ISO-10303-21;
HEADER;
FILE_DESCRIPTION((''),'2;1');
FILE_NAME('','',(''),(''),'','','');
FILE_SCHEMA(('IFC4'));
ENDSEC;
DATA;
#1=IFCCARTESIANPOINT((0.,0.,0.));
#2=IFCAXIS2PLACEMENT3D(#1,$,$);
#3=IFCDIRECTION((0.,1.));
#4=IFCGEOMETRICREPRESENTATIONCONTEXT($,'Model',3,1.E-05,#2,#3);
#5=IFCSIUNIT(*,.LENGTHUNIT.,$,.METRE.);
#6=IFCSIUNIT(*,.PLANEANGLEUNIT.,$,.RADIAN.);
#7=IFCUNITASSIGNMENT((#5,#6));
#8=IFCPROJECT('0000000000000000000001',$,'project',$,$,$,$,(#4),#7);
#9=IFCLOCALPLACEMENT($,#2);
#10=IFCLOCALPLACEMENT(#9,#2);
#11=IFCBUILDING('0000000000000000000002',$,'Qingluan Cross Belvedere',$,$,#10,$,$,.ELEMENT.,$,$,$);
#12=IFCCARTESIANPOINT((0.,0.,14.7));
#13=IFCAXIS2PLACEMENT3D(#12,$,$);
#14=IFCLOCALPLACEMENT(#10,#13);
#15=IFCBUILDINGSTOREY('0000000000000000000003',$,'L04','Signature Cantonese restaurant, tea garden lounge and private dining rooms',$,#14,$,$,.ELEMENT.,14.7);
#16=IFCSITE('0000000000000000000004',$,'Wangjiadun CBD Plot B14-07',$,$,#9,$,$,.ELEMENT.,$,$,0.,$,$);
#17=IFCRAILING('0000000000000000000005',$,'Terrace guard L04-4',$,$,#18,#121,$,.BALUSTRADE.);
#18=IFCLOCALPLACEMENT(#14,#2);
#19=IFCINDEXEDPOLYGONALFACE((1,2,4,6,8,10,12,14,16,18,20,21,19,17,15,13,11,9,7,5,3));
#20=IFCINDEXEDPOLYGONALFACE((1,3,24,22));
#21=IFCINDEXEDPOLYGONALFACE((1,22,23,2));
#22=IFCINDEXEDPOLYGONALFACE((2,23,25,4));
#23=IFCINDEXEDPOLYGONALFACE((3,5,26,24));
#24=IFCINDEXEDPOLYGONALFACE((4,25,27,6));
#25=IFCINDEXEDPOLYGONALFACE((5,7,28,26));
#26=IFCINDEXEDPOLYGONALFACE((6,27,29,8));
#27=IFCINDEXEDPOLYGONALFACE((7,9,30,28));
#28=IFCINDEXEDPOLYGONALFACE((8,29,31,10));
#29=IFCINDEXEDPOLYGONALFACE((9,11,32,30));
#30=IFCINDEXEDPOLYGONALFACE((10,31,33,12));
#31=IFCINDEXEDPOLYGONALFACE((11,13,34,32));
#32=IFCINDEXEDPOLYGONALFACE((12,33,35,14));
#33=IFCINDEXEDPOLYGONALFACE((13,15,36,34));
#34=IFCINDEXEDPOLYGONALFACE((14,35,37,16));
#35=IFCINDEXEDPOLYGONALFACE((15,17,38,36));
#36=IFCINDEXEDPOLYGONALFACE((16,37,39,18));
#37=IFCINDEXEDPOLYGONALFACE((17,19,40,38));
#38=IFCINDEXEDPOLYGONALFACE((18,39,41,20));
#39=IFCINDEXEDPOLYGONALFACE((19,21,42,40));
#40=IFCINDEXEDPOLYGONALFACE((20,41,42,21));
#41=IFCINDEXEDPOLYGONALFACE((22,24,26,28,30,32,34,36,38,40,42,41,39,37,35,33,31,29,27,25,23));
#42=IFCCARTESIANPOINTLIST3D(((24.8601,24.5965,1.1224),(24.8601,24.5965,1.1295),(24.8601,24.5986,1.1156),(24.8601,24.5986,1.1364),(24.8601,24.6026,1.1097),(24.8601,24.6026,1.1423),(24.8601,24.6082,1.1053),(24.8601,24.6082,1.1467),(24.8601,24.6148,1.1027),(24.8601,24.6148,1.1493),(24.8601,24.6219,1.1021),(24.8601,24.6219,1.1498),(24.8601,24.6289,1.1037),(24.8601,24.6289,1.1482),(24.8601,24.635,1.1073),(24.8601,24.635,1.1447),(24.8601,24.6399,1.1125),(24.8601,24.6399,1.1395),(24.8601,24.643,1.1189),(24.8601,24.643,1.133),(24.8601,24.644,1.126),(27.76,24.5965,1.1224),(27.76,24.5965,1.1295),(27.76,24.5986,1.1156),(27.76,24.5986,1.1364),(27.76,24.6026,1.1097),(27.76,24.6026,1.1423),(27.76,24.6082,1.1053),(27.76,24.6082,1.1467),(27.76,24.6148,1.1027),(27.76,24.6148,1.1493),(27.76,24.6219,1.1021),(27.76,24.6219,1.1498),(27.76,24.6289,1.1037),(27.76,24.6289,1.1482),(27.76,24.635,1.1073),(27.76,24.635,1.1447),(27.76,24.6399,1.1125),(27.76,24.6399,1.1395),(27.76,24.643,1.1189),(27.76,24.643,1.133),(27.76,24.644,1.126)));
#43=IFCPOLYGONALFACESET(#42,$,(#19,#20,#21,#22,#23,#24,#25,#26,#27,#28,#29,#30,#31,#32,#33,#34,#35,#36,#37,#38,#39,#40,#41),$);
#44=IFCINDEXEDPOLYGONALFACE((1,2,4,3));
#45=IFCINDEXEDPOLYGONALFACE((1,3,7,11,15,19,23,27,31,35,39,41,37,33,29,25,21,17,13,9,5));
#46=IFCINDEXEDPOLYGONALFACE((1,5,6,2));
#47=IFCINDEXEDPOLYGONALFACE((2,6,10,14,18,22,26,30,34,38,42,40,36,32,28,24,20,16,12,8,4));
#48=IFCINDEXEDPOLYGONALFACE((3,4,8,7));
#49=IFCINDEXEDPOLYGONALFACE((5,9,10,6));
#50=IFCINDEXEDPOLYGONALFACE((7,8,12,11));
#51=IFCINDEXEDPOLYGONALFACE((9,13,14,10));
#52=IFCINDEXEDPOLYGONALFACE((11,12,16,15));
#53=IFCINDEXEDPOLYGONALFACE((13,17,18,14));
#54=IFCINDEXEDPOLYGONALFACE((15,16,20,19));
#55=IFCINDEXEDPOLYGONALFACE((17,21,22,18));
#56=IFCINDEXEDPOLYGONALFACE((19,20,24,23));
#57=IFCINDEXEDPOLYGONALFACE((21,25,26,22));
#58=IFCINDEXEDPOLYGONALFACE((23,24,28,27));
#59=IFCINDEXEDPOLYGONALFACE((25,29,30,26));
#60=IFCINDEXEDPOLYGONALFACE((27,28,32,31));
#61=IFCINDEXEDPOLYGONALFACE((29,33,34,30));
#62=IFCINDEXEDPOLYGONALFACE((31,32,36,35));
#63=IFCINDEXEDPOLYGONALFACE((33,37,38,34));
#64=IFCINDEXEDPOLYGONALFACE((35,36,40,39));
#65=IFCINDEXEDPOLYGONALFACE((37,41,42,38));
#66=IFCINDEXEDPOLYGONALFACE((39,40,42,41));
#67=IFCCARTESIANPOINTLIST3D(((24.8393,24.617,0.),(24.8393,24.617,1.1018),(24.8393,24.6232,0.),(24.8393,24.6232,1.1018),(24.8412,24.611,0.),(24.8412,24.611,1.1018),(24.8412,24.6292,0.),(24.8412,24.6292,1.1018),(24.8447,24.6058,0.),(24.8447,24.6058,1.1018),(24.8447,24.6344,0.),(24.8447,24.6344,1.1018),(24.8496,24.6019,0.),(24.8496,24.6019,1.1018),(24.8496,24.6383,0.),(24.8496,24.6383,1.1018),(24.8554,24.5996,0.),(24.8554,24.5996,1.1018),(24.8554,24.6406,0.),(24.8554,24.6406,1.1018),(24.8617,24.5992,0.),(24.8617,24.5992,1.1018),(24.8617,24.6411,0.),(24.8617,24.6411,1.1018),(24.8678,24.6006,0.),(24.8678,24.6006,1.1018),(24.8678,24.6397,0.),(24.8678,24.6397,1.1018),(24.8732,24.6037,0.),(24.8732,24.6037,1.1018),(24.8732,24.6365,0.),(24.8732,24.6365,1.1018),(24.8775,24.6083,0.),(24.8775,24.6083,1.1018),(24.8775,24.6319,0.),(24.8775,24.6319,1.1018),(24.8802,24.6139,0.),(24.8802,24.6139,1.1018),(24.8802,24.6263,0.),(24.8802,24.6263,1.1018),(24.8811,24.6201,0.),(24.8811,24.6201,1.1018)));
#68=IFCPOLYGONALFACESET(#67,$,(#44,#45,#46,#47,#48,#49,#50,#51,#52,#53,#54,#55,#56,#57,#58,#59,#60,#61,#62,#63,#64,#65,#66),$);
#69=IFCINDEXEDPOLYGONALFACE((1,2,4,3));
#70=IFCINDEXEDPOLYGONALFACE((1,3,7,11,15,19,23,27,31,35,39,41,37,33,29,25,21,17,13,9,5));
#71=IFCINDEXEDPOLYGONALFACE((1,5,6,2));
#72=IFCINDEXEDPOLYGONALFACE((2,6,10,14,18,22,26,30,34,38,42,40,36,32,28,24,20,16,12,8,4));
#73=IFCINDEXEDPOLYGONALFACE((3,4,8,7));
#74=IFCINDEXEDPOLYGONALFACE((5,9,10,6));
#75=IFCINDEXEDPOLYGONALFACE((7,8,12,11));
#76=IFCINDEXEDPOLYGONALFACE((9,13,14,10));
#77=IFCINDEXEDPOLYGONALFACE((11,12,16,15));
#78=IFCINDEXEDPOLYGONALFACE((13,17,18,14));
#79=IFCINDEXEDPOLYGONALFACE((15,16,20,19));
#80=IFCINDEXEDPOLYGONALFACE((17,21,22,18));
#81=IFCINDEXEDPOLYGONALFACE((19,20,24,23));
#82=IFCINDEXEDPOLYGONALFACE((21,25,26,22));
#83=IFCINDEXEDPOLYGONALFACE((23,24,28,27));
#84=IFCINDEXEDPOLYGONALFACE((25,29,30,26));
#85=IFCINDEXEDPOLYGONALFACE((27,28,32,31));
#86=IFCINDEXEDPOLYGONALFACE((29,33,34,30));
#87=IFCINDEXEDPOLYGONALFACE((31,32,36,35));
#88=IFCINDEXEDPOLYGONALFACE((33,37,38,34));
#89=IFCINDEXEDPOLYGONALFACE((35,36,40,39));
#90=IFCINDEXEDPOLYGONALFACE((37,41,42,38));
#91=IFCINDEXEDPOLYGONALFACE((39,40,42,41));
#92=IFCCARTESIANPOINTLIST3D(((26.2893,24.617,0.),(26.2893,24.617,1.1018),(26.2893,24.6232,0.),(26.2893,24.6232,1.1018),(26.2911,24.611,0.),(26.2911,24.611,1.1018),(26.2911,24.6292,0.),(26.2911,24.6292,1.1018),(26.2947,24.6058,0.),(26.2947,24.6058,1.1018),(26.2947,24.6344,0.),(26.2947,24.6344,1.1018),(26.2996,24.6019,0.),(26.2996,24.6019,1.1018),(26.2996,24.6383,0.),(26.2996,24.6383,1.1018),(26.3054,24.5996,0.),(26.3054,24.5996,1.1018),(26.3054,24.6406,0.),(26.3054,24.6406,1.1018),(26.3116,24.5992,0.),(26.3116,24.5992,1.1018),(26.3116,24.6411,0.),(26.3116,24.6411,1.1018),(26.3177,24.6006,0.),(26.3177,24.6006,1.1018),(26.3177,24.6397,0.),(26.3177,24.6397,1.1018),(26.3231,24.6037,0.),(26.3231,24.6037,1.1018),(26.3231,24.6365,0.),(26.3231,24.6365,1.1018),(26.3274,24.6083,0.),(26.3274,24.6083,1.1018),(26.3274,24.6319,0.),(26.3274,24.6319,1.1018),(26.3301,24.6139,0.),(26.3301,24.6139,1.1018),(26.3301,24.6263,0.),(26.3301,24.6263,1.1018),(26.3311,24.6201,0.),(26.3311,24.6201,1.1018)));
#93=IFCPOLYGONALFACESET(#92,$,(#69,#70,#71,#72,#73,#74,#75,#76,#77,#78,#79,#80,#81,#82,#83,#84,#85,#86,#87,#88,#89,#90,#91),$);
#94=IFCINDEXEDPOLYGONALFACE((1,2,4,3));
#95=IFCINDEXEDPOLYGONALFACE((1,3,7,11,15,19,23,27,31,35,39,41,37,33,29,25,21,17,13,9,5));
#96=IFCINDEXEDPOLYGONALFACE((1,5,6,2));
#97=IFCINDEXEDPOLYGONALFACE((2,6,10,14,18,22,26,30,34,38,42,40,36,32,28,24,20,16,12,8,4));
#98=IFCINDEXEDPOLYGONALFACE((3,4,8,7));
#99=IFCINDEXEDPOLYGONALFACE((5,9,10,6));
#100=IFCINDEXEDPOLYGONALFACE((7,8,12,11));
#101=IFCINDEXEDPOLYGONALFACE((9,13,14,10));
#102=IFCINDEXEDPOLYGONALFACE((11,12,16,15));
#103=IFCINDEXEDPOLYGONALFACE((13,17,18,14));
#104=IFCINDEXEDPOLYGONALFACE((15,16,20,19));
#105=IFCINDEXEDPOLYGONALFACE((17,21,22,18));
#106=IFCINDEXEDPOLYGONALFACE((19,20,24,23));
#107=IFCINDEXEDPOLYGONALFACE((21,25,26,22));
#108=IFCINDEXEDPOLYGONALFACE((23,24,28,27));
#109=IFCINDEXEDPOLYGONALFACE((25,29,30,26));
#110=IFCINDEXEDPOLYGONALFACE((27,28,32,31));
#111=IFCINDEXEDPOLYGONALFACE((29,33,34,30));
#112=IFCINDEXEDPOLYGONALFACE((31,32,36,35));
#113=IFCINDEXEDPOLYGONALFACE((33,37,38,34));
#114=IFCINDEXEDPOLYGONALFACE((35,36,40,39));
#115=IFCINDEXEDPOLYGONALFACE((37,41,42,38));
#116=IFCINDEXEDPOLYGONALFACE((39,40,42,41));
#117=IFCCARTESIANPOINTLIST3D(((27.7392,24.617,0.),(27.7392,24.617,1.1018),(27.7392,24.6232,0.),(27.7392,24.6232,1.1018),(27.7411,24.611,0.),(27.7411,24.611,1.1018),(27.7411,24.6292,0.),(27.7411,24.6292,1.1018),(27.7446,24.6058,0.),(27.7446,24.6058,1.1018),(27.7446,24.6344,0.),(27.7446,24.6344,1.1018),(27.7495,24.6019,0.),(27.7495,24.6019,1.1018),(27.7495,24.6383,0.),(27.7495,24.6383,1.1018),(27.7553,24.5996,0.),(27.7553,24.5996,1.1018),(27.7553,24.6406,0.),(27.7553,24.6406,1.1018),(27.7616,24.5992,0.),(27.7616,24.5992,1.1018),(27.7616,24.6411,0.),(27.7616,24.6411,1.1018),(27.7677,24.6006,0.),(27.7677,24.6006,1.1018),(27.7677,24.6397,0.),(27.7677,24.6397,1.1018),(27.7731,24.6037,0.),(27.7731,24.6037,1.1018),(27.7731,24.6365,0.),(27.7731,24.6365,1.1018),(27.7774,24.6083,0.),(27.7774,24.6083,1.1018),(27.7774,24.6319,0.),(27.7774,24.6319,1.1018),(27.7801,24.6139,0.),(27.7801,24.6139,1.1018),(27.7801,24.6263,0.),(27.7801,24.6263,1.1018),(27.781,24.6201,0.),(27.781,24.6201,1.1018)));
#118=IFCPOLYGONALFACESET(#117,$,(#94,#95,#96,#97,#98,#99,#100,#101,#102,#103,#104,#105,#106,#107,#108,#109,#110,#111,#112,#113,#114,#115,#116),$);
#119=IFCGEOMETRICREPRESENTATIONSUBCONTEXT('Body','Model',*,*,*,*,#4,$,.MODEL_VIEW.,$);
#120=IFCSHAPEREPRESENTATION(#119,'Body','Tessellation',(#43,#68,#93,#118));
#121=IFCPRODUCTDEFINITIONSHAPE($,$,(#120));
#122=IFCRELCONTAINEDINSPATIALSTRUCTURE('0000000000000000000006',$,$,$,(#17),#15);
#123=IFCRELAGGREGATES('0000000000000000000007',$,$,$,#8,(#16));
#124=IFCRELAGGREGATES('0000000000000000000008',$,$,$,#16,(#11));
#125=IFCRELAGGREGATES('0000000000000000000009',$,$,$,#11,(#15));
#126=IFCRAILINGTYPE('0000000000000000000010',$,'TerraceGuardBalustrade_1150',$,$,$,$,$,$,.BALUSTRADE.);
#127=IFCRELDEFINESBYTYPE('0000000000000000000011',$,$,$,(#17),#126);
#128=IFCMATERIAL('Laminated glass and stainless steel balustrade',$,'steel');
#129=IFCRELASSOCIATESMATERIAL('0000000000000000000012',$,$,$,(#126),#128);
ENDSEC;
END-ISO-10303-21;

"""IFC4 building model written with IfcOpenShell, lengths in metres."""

from ifc_helpers import new_model, si_unit, direction, frame, origin, origin_2d, place, context, subcontext, project, spatial, circle, extrude, material, type_object, element, save


model = new_model("IFC4")

# Units and contexts
model_context = context("Model", 3, precision=1e-05, world=origin(), true_north=direction((0.0, 1.0)))
body_context = subcontext(model_context, "Body", "Model", "MODEL_VIEW")
ifc_project = project(units=[si_unit("LENGTHUNIT", "METRE"), si_unit("PLANEANGLEUNIT", "RADIAN")], contexts=[model_context])

# Site, building, storey
site_placement = place(None, origin())
site = spatial("IfcSite", under=ifc_project, at=site_placement, Name="Wangjiadun CBD Plot B14-07", CompositionType="ELEMENT", RefElevation=0.0)
building_placement = place(site_placement, origin())
building = spatial("IfcBuilding", under=site, at=building_placement, Name="Qingluan Cross Belvedere", CompositionType="ELEMENT")
storey_placement = place(building_placement, frame((0.0, 0.0, 14.7)))
storey = spatial("IfcBuildingStorey", under=building, at=storey_placement, Name="L04", Description="Signature Cantonese restaurant, tea garden lounge and private dining rooms", CompositionType="ELEMENT", Elevation=14.7)

# Railing
ifc_material_1 = material(Name="Laminated glass and stainless steel balustrade", Category="steel")
railing_type = type_object("IfcRailingType", Name="TerraceGuardBalustrade_1150", PredefinedType="BALUSTRADE", material=ifc_material_1)
railing_1_placement = place(storey_placement, frame((24.8601, 24.6201, 0.0)))
element("IfcRailing", 1, at=railing_1_placement, inside=storey, type_object=railing_type, Name="Terrace guard L04-4", PredefinedType="BALUSTRADE", context=body_context, shape_type="SweptSolid", body=[
    extrude(circle(Radius=0.0239, at=origin_2d()), frame((0.0, 0.0, 1.126), z_axis=(1.0, 0.0, 0.0), x_axis=(0.0, 1.0, 0.0)), (0.0, 0.0, 1.0), 2.8999),
    extrude(circle(Radius=0.021, at=origin_2d()), origin(), (0.0, 0.0, 1.0), 1.1018),
    extrude(circle(Radius=0.021, at=origin_2d()), frame((1.45, 0.0, 0.0)), (0.0, 0.0, 1.0), 1.1018),
    extrude(circle(Radius=0.021, at=origin_2d()), frame((2.8999, 0.0, 0.0)), (0.0, 0.0, 1.0), 1.1018),
])

save(model, "model.ifc")
